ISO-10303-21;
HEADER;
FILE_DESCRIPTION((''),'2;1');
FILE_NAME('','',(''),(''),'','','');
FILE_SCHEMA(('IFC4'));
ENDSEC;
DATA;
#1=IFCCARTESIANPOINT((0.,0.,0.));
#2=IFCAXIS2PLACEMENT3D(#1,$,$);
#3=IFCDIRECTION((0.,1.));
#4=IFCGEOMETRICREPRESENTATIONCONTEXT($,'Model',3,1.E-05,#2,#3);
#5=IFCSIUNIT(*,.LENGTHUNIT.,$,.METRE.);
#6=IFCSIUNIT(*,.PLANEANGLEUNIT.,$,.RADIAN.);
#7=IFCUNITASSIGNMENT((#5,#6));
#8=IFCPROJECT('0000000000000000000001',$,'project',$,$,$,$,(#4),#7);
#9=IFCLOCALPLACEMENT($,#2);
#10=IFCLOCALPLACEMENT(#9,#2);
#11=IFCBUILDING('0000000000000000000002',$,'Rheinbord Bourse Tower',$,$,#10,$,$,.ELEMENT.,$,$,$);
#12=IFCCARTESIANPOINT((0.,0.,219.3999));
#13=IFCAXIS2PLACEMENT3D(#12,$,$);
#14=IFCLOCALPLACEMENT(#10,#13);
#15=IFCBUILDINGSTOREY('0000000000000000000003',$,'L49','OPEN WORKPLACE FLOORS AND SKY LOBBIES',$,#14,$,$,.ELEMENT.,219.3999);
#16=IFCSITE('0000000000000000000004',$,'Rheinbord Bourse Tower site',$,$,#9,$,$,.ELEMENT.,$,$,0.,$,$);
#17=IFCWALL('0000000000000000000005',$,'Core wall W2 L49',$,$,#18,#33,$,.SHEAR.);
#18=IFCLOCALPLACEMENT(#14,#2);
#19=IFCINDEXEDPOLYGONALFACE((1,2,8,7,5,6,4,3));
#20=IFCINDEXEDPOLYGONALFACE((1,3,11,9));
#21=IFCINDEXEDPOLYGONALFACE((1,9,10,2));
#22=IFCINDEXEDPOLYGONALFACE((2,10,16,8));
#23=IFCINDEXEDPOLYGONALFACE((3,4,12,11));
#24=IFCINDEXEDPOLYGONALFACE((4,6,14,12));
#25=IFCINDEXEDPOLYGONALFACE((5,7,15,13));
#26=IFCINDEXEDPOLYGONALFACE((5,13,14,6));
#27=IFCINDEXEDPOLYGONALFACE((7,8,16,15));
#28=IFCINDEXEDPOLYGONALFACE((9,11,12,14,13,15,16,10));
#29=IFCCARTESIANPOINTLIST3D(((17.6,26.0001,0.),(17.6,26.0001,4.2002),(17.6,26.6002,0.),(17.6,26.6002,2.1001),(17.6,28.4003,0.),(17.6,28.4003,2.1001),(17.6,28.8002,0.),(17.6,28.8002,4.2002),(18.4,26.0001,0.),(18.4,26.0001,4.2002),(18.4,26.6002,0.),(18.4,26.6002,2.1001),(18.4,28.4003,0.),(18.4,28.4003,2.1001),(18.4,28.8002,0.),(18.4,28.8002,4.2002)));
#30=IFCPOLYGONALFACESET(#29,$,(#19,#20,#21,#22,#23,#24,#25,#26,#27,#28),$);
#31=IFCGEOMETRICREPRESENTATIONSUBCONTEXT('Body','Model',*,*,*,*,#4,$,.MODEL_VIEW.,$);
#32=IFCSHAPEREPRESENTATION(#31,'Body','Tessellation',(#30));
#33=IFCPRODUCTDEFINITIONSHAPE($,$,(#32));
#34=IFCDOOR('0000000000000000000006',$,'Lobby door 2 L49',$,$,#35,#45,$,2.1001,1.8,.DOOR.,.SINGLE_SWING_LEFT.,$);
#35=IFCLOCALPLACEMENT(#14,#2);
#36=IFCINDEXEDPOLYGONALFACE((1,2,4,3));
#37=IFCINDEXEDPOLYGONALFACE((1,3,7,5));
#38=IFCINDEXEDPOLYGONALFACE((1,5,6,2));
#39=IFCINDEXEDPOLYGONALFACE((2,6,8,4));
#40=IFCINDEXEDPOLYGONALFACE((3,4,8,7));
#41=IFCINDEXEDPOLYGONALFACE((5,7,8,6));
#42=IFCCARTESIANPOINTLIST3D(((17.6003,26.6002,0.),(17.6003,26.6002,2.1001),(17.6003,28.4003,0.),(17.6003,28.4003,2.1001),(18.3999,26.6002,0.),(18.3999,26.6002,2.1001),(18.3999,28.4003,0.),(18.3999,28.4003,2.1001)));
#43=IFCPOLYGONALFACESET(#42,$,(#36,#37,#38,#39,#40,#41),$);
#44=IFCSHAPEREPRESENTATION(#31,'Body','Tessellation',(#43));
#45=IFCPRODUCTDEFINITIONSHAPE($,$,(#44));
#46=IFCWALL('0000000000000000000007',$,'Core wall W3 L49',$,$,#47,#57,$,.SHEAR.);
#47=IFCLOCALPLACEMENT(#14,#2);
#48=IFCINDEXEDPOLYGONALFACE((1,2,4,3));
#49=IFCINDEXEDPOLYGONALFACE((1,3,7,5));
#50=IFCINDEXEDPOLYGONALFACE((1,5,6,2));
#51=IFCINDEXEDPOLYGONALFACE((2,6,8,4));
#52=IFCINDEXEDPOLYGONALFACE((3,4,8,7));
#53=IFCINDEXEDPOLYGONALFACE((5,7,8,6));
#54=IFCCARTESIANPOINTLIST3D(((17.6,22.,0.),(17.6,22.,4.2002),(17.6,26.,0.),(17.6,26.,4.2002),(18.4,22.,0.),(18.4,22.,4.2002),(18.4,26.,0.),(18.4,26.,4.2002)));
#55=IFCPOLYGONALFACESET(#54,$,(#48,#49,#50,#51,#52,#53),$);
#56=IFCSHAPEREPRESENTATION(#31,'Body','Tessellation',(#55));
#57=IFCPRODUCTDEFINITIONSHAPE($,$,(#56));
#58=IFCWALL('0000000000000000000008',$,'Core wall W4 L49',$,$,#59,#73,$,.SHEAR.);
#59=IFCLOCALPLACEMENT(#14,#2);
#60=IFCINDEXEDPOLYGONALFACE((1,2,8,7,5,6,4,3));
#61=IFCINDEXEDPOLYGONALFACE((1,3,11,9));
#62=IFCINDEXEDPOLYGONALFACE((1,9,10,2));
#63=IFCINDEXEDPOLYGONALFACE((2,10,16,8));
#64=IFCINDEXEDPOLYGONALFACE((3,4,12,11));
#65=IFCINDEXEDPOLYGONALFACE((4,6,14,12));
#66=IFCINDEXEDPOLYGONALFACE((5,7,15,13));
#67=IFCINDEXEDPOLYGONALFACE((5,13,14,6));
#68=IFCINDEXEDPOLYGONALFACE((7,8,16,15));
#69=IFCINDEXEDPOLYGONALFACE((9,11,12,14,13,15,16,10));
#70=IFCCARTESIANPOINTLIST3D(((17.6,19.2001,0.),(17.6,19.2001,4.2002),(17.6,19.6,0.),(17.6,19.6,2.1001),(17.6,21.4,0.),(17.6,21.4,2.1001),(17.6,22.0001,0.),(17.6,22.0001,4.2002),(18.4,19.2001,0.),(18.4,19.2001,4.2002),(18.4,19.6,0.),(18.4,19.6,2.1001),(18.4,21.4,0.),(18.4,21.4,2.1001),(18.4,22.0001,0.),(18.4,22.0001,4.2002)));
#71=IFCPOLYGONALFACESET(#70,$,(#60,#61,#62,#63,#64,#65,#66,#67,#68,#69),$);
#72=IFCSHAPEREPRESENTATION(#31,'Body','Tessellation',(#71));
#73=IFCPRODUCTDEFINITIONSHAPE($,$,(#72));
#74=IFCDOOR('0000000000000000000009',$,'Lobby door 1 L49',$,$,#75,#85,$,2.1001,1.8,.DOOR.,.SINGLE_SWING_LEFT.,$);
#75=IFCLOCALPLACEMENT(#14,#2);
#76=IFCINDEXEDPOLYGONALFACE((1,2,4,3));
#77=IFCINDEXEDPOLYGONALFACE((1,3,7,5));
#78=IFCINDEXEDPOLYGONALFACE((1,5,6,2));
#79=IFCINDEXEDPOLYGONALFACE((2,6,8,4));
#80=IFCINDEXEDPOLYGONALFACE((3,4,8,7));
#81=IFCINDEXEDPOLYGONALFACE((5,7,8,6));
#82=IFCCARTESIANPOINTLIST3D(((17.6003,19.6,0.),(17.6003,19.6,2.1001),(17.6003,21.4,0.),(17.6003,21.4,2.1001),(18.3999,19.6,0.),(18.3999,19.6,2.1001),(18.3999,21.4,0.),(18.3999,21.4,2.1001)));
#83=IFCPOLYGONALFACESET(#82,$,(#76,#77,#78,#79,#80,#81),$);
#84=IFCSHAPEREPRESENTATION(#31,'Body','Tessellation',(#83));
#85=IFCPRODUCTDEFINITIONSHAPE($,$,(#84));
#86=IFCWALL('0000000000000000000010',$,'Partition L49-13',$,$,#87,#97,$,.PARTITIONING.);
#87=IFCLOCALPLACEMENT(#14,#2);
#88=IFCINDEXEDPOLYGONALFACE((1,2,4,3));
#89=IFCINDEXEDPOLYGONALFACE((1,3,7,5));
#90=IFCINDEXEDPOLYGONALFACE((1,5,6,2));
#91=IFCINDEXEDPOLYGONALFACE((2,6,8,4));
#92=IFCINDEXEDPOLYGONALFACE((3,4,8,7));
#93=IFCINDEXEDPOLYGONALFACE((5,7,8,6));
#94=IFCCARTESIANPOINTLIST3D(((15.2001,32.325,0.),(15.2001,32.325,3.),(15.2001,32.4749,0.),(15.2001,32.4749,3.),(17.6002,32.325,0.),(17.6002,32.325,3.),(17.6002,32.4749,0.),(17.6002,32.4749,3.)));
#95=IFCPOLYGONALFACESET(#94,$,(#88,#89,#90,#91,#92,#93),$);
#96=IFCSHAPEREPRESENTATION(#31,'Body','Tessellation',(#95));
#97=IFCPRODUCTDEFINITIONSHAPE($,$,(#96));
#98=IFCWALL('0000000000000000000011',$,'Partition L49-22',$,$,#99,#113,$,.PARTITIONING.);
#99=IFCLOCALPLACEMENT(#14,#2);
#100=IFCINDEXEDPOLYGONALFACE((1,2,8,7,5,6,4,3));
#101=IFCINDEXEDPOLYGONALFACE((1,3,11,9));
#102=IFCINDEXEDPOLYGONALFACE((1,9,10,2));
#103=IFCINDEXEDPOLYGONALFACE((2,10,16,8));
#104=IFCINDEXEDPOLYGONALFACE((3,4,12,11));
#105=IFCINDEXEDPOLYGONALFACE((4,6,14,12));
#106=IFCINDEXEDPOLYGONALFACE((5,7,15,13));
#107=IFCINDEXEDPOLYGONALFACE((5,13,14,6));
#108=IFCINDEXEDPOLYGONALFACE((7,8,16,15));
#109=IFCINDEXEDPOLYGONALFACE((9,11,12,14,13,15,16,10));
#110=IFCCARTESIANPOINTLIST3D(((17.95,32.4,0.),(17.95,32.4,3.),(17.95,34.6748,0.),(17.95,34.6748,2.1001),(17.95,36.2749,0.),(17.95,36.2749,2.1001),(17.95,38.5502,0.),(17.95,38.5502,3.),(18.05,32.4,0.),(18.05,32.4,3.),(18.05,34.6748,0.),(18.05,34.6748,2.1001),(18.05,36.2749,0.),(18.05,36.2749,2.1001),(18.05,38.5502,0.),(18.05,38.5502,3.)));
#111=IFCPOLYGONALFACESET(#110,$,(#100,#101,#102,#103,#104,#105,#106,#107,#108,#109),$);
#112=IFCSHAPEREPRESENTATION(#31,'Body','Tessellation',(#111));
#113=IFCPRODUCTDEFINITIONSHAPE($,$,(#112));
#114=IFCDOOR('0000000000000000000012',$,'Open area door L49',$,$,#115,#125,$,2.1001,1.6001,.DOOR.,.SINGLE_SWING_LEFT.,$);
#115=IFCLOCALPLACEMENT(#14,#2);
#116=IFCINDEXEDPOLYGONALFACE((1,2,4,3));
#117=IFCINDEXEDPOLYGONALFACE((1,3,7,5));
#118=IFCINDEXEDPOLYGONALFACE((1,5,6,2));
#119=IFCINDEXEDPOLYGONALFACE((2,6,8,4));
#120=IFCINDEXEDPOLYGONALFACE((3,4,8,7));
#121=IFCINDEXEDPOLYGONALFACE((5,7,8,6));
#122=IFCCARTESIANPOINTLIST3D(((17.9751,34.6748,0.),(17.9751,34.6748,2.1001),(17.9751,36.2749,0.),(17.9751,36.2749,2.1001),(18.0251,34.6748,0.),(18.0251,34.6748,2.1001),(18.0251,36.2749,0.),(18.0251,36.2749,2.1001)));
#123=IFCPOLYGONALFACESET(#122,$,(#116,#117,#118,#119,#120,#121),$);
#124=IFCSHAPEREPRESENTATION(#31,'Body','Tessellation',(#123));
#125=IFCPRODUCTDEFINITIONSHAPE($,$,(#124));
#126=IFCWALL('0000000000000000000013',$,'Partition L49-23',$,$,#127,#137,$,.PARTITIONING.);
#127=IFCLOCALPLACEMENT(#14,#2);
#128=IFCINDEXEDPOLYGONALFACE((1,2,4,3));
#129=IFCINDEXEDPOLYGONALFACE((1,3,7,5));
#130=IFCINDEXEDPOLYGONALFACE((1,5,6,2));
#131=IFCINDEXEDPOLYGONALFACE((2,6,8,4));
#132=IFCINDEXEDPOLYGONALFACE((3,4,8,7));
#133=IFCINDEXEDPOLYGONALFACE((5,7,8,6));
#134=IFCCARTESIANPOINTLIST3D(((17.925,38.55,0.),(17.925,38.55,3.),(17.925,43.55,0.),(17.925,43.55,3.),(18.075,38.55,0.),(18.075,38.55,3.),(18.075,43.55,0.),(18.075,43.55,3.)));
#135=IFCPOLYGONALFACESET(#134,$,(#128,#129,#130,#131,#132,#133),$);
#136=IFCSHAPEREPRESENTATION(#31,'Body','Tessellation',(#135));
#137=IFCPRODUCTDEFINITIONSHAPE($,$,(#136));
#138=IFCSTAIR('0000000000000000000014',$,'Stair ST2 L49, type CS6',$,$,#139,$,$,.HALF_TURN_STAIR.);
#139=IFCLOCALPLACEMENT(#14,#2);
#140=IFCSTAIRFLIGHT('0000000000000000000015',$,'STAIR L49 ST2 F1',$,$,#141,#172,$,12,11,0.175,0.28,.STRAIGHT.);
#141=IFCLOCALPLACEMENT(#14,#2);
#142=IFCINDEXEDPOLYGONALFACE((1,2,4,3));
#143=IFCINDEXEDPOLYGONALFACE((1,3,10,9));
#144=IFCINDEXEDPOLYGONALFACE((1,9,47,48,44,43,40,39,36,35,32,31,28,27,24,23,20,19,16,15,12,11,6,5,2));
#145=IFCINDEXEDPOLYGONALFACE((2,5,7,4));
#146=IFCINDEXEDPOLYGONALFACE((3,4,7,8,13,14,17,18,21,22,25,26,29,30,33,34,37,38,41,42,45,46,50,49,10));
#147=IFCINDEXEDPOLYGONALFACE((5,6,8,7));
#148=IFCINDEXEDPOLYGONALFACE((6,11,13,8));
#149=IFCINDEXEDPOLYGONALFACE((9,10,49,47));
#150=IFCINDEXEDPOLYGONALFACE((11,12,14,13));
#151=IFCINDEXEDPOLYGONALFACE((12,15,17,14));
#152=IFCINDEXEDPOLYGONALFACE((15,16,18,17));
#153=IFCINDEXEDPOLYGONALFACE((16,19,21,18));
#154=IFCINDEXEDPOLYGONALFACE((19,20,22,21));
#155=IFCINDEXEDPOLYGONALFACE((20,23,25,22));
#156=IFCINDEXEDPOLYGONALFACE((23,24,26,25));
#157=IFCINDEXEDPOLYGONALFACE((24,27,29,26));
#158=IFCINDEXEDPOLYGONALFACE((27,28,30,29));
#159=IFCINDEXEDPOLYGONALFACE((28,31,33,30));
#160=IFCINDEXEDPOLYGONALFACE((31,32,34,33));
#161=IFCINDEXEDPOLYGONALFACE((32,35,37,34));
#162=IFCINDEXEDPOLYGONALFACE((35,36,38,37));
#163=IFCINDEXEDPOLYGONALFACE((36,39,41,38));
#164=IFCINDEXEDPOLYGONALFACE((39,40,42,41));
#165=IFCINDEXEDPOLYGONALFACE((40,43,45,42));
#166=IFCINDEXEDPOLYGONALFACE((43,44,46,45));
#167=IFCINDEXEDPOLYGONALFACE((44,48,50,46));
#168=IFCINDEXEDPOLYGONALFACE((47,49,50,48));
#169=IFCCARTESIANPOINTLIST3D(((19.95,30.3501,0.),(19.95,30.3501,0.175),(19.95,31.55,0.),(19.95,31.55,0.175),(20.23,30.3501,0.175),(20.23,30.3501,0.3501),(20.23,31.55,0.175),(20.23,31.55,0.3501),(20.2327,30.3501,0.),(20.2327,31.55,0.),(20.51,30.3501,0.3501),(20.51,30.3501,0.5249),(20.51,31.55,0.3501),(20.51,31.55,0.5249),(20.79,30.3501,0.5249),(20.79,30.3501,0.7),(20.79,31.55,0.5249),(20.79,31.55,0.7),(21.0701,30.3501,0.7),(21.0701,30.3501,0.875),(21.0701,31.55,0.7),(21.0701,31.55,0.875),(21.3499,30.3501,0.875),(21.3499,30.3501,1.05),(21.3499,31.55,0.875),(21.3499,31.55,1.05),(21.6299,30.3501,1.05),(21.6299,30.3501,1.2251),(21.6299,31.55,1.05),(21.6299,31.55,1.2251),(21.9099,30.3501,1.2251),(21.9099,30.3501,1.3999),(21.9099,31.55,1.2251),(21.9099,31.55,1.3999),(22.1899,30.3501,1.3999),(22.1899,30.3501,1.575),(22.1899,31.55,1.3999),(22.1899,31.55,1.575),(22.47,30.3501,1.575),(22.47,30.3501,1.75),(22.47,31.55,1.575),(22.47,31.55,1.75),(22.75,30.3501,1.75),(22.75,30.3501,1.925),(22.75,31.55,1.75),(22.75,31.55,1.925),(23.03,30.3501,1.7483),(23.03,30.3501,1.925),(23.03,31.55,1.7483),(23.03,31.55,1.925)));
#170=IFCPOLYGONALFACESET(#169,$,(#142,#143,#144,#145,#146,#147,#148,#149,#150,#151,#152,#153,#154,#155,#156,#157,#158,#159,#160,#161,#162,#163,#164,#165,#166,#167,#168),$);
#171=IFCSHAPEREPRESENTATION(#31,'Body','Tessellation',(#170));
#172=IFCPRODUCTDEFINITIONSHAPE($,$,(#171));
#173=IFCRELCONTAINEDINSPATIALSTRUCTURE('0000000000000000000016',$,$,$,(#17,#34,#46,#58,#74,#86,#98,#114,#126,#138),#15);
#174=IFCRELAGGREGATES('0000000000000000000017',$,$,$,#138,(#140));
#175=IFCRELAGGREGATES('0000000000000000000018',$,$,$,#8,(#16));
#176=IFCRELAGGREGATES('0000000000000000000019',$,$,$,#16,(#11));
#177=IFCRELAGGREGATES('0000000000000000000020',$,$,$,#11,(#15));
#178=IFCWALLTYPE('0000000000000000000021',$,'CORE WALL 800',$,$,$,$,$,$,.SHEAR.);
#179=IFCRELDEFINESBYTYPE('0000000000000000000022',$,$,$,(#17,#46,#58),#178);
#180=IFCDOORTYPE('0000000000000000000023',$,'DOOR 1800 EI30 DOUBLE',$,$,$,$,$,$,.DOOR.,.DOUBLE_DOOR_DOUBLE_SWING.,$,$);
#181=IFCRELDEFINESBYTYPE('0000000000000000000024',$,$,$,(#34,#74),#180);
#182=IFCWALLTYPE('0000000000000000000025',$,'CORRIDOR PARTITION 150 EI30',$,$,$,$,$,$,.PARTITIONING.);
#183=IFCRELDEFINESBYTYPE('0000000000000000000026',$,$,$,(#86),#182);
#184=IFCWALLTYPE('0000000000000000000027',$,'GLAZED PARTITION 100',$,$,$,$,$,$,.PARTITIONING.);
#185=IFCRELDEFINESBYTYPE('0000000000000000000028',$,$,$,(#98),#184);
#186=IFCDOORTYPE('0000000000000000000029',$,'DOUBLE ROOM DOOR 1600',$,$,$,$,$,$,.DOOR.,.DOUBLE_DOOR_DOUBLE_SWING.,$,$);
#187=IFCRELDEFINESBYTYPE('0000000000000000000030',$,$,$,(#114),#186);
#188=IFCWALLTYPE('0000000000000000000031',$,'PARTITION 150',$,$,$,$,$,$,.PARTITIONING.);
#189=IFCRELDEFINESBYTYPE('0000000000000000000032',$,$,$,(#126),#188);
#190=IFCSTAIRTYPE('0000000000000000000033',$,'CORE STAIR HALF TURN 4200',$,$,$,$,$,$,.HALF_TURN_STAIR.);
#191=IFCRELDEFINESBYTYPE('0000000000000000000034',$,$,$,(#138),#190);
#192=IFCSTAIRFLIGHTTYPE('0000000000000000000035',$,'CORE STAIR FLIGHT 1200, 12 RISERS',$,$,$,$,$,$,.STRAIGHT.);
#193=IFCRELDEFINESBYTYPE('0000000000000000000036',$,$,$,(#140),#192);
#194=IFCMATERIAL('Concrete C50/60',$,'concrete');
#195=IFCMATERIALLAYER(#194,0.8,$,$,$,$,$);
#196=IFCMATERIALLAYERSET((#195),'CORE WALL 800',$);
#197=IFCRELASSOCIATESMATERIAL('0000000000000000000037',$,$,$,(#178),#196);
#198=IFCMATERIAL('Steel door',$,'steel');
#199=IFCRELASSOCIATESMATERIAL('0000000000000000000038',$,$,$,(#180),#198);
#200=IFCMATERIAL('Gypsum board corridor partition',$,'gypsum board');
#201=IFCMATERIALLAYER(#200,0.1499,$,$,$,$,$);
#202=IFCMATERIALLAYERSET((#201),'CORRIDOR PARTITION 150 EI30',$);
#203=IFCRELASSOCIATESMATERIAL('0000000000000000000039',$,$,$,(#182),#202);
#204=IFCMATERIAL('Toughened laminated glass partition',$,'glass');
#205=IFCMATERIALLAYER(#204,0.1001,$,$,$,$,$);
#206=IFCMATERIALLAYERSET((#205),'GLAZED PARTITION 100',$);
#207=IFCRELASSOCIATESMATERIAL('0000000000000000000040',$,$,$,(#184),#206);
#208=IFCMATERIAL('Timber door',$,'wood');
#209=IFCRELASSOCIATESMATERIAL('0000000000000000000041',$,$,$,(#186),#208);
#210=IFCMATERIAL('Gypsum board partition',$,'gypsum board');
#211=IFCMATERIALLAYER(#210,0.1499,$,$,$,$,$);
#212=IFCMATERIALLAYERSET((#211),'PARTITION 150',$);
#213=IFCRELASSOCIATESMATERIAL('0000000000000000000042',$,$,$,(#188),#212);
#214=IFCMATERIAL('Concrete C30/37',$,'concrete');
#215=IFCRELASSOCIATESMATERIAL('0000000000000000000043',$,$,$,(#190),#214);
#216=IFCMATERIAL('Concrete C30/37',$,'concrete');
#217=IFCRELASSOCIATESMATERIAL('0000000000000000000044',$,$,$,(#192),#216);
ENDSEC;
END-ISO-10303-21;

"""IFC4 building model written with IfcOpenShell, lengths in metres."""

from ifc_helpers import new_model, si_unit, direction, frame, frame_2d, origin, place, context, subcontext, project, spatial, polyline, rectangle, outline, extrude, material, layer, layer_set, type_object, element, fill, aggregate, save


model = new_model("IFC4")

# Units and contexts
model_context = context("Model", 3, precision=1e-05, world=origin(), true_north=direction((0.0, 1.0)))
body_context = subcontext(model_context, "Body", "Model", "MODEL_VIEW")
ifc_project = project(units=[si_unit("LENGTHUNIT", "METRE"), si_unit("PLANEANGLEUNIT", "RADIAN")], contexts=[model_context])

# Site, building, storey
site_placement = place(None, origin())
site = spatial("IfcSite", under=ifc_project, at=site_placement, Name="Rheinbord Bourse Tower site", CompositionType="ELEMENT", RefElevation=0.0)
building_placement = place(site_placement, origin())
building = spatial("IfcBuilding", under=site, at=building_placement, Name="Rheinbord Bourse Tower", CompositionType="ELEMENT")
storey_placement = place(building_placement, frame((0.0, 0.0, 219.3999)))
storey = spatial("IfcBuildingStorey", under=building, at=storey_placement, Name="L49", Description="OPEN WORKPLACE FLOORS AND SKY LOBBIES", CompositionType="ELEMENT", Elevation=219.3999)

# Shared definitions
ifc_material_1 = material(Name="Concrete C50/60", Category="concrete")
ifc_layer_1 = layer(ifc_material_1, 0.8)
ifc_layer_set_1 = layer_set([ifc_layer_1], Name="CORE WALL 800")
wall_type_1 = type_object("IfcWallType", Name="CORE WALL 800", PredefinedType="SHEAR", material=ifc_layer_set_1)

# Wall, opening, door
wall_1_placement = place(storey_placement, frame((18.0, 28.8, 0.0), z_axis=(0.0, 0.0, 1.0), x_axis=(0.0, -1.0, 0.0)))
wall_1 = element("IfcWall", 1, at=wall_1_placement, inside=storey, type_object=wall_type_1, Name="Core wall W2 L49", PredefinedType="SHEAR", context=body_context, shape_type="SweptSolid", body=[
    extrude(rectangle(XDim=2.8, YDim=0.8, at=frame_2d((1.3999, 0.0))), origin(), (0.0, 0.0, 1.0), 4.2002),
])
opening_1_placement = place(wall_1_placement, frame((0.3999, 0.0, 0.0)))
opening_1 = element("IfcOpeningElement", 2, at=opening_1_placement, cuts=wall_1, PredefinedType="OPENING", context=body_context, shape_type="SweptSolid", body=[
    extrude(rectangle(XDim=1.8, YDim=2.1001, at=frame_2d((0.8999, 1.05))), frame((0.0, 0.4099, 0.0), z_axis=(0.0, -1.0, 0.0), x_axis=(1.0, 0.0, 0.0)), (0.0, 0.0, 1.0), 0.8201),
])
ifc_material_2 = material(Name="Steel door", Category="steel")
door_type_1 = type_object("IfcDoorType", Name="DOOR 1800 EI30 DOUBLE", OperationType="DOUBLE_DOOR_DOUBLE_SWING", PredefinedType="DOOR", material=ifc_material_2)
door_1_placement = place(opening_1_placement, origin())
door_1 = element("IfcDoor", 3, at=door_1_placement, inside=storey, type_object=door_type_1, Name="Lobby door 2 L49", OperationType="SINGLE_SWING_LEFT", OverallHeight=2.1001, OverallWidth=1.8, PredefinedType="DOOR", context=body_context, shape_type="SweptSolid", body=[
    extrude(rectangle(XDim=1.8, YDim=2.1001, at=frame_2d((0.8999, 1.05))), frame((0.0, 0.3999, 0.0), z_axis=(0.0, -1.0, 0.0), x_axis=(1.0, 0.0, 0.0)), (0.0, 0.0, 1.0), 0.7996),
])
fill(opening_1, door_1)

# Wall
wall_2_placement = place(storey_placement, frame((18.0, 26.0, 0.0), z_axis=(0.0, 0.0, 1.0), x_axis=(0.0, -1.0, 0.0)))
element("IfcWall", 4, at=wall_2_placement, inside=storey, type_object=wall_type_1, Name="Core wall W3 L49", PredefinedType="SHEAR", context=body_context, shape_type="SweptSolid", body=[
    extrude(rectangle(XDim=4.0, YDim=0.8, at=frame_2d((2.0, 0.0))), origin(), (0.0, 0.0, 1.0), 4.2002),
])

# Wall, opening, door
wall_3_placement = place(storey_placement, frame((18.0, 22.0, 0.0), z_axis=(0.0, 0.0, 1.0), x_axis=(0.0, -1.0, 0.0)))
wall_3 = element("IfcWall", 5, at=wall_3_placement, inside=storey, type_object=wall_type_1, Name="Core wall W4 L49", PredefinedType="SHEAR", context=body_context, shape_type="SweptSolid", body=[
    extrude(rectangle(XDim=2.8, YDim=0.8, at=frame_2d((1.3999, 0.0))), origin(), (0.0, 0.0, 1.0), 4.2002),
])
opening_2_placement = place(wall_3_placement, frame((0.6001, 0.0, 0.0)))
opening_2 = element("IfcOpeningElement", 6, at=opening_2_placement, cuts=wall_3, PredefinedType="OPENING", context=body_context, shape_type="SweptSolid", body=[
    extrude(rectangle(XDim=1.8, YDim=2.1001, at=frame_2d((0.8999, 1.05))), frame((0.0, 0.4099, 0.0), z_axis=(0.0, -1.0, 0.0), x_axis=(1.0, 0.0, 0.0)), (0.0, 0.0, 1.0), 0.8201),
])
door_2_placement = place(opening_2_placement, origin())
door_2 = element("IfcDoor", 7, at=door_2_placement, inside=storey, type_object=door_type_1, Name="Lobby door 1 L49", OperationType="SINGLE_SWING_LEFT", OverallHeight=2.1001, OverallWidth=1.8, PredefinedType="DOOR", context=body_context, shape_type="SweptSolid", body=[
    extrude(rectangle(XDim=1.8, YDim=2.1001, at=frame_2d((0.8999, 1.05))), frame((0.0, 0.3999, 0.0), z_axis=(0.0, -1.0, 0.0), x_axis=(1.0, 0.0, 0.0)), (0.0, 0.0, 1.0), 0.7996),
])
fill(opening_2, door_2)

# Wall
ifc_material_3 = material(Name="Gypsum board corridor partition", Category="gypsum board")
ifc_layer_2 = layer(ifc_material_3, 0.1499)
ifc_layer_set_2 = layer_set([ifc_layer_2], Name="CORRIDOR PARTITION 150 EI30")
wall_type_2 = type_object("IfcWallType", Name="CORRIDOR PARTITION 150 EI30", PredefinedType="PARTITIONING", material=ifc_layer_set_2)
wall_4_placement = place(storey_placement, frame((15.2, 32.3999, 0.0), z_axis=(0.0, 0.0, 1.0), x_axis=(1.0, 0.0, 0.0)))
element("IfcWall", 8, at=wall_4_placement, inside=storey, type_object=wall_type_2, Name="Partition L49-13", PredefinedType="PARTITIONING", context=body_context, shape_type="SweptSolid", body=[
    extrude(rectangle(XDim=2.4001, YDim=0.1499, at=frame_2d((1.2002, 0.0))), origin(), (0.0, 0.0, 1.0), 3.0),
])

# Wall, opening, door
ifc_material_4 = material(Name="Toughened laminated glass partition", Category="glass")
ifc_layer_3 = layer(ifc_material_4, 0.1001)
ifc_layer_set_3 = layer_set([ifc_layer_3], Name="GLAZED PARTITION 100")
wall_type_3 = type_object("IfcWallType", Name="GLAZED PARTITION 100", PredefinedType="PARTITIONING", material=ifc_layer_set_3)
wall_5_placement = place(storey_placement, frame((18.0, 32.3999, 0.0), z_axis=(0.0, 0.0, 1.0), x_axis=(0.0, 1.0, 0.0)))
wall_5 = element("IfcWall", 9, at=wall_5_placement, inside=storey, type_object=wall_type_3, Name="Partition L49-22", PredefinedType="PARTITIONING", context=body_context, shape_type="SweptSolid", body=[
    extrude(rectangle(XDim=6.1501, YDim=0.1001, at=frame_2d((3.0752, 0.0))), origin(), (0.0, 0.0, 1.0), 3.0),
])
opening_3_placement = place(wall_5_placement, frame((2.2749, 0.0, 0.0)))
opening_3 = element("IfcOpeningElement", 10, at=opening_3_placement, cuts=wall_5, PredefinedType="OPENING", context=body_context, shape_type="SweptSolid", body=[
    extrude(rectangle(XDim=1.6001, YDim=2.1001, at=frame_2d((0.8, 1.05))), frame((0.0, 0.0601, 0.0), z_axis=(0.0, -1.0, 0.0), x_axis=(1.0, 0.0, 0.0)), (0.0, 0.0, 1.0), 0.1201),
])
ifc_material_5 = material(Name="Timber door", Category="wood")
door_type_2 = type_object("IfcDoorType", Name="DOUBLE ROOM DOOR 1600", OperationType="DOUBLE_DOOR_DOUBLE_SWING", PredefinedType="DOOR", material=ifc_material_5)
door_3_placement = place(opening_3_placement, origin())
door_3 = element("IfcDoor", 11, at=door_3_placement, inside=storey, type_object=door_type_2, Name="Open area door L49", OperationType="SINGLE_SWING_LEFT", OverallHeight=2.1001, OverallWidth=1.6001, PredefinedType="DOOR", context=body_context, shape_type="SweptSolid", body=[
    extrude(rectangle(XDim=1.6001, YDim=2.1001, at=frame_2d((0.8, 1.05))), frame((0.0, 0.0249, 0.0), z_axis=(0.0, -1.0, 0.0), x_axis=(1.0, 0.0, 0.0)), (0.0, 0.0, 1.0), 0.05),
])
fill(opening_3, door_3)

# Wall
ifc_material_6 = material(Name="Gypsum board partition", Category="gypsum board")
ifc_layer_4 = layer(ifc_material_6, 0.1499)
ifc_layer_set_4 = layer_set([ifc_layer_4], Name="PARTITION 150")
wall_type_4 = type_object("IfcWallType", Name="PARTITION 150", PredefinedType="PARTITIONING", material=ifc_layer_set_4)
wall_6_placement = place(storey_placement, frame((18.0, 38.55, 0.0), z_axis=(0.0, 0.0, 1.0), x_axis=(0.0, 1.0, 0.0)))
element("IfcWall", 12, at=wall_6_placement, inside=storey, type_object=wall_type_4, Name="Partition L49-23", PredefinedType="PARTITIONING", context=body_context, shape_type="SweptSolid", body=[
    extrude(rectangle(XDim=5.0, YDim=0.1499, at=frame_2d((2.5, 0.0))), origin(), (0.0, 0.0, 1.0), 3.0),
])

# Stair, stair flight
ifc_material_7 = material(Name="Concrete C30/37", Category="concrete")
stair_type = type_object("IfcStairType", Name="CORE STAIR HALF TURN 4200", PredefinedType="HALF_TURN_STAIR", material=ifc_material_7)
stair_placement = place(storey_placement, origin())
stair = element("IfcStair", 13, at=stair_placement, inside=storey, type_object=stair_type, Name="Stair ST2 L49, type CS6", PredefinedType="HALF_TURN_STAIR")
ifc_material_8 = material(Name="Concrete C30/37", Category="concrete")
stair_flight_type = type_object("IfcStairFlightType", Name="CORE STAIR FLIGHT 1200, 12 RISERS", PredefinedType="STRAIGHT", material=ifc_material_8)
stair_flight_1_placement = place(storey_placement, frame((19.95, 30.95, 0.0), z_axis=(0.0, 0.0, 1.0), x_axis=(1.0, 0.0, 0.0)))
stair_flight_1 = element("IfcStairFlight", 14, at=stair_flight_1_placement, type_object=stair_flight_type, Name="STAIR L49 ST2 F1", NumberOfRisers=12, NumberOfTreads=11, PredefinedType="STRAIGHT", RiserHeight=0.175, TreadLength=0.28, context=body_context, shape_type="SweptSolid", body=[
    extrude(outline(polyline([(0.0, 0.0), (0.0, 0.175), (0.28, 0.175), (0.28, 0.3501), (0.5601, 0.3501), (0.5601, 0.5249), (0.8401, 0.5249), (0.8401, 0.7), (1.1201, 0.7), (1.1201, 0.875), (1.3999, 0.875), (1.3999, 1.05), (1.6799, 1.05), (1.6799, 1.2251), (1.96, 1.2251), (1.96, 1.3999), (2.24, 1.3999), (2.24, 1.575), (2.52, 1.575), (2.52, 1.75), (2.8, 1.75), (2.8, 1.925), (3.0801, 1.925), (3.0801, 2.1001), (3.0801, 1.7483), (0.2827, 0.0), (0.0, 0.0)])), frame((0.0, 0.6001, 0.0), z_axis=(0.0, -1.0, 0.0), x_axis=(1.0, 0.0, 0.0)), (0.0, 0.0, 1.0), 1.2),
])
aggregate(stair, [stair_flight_1])

save(model, "model.ifc")
